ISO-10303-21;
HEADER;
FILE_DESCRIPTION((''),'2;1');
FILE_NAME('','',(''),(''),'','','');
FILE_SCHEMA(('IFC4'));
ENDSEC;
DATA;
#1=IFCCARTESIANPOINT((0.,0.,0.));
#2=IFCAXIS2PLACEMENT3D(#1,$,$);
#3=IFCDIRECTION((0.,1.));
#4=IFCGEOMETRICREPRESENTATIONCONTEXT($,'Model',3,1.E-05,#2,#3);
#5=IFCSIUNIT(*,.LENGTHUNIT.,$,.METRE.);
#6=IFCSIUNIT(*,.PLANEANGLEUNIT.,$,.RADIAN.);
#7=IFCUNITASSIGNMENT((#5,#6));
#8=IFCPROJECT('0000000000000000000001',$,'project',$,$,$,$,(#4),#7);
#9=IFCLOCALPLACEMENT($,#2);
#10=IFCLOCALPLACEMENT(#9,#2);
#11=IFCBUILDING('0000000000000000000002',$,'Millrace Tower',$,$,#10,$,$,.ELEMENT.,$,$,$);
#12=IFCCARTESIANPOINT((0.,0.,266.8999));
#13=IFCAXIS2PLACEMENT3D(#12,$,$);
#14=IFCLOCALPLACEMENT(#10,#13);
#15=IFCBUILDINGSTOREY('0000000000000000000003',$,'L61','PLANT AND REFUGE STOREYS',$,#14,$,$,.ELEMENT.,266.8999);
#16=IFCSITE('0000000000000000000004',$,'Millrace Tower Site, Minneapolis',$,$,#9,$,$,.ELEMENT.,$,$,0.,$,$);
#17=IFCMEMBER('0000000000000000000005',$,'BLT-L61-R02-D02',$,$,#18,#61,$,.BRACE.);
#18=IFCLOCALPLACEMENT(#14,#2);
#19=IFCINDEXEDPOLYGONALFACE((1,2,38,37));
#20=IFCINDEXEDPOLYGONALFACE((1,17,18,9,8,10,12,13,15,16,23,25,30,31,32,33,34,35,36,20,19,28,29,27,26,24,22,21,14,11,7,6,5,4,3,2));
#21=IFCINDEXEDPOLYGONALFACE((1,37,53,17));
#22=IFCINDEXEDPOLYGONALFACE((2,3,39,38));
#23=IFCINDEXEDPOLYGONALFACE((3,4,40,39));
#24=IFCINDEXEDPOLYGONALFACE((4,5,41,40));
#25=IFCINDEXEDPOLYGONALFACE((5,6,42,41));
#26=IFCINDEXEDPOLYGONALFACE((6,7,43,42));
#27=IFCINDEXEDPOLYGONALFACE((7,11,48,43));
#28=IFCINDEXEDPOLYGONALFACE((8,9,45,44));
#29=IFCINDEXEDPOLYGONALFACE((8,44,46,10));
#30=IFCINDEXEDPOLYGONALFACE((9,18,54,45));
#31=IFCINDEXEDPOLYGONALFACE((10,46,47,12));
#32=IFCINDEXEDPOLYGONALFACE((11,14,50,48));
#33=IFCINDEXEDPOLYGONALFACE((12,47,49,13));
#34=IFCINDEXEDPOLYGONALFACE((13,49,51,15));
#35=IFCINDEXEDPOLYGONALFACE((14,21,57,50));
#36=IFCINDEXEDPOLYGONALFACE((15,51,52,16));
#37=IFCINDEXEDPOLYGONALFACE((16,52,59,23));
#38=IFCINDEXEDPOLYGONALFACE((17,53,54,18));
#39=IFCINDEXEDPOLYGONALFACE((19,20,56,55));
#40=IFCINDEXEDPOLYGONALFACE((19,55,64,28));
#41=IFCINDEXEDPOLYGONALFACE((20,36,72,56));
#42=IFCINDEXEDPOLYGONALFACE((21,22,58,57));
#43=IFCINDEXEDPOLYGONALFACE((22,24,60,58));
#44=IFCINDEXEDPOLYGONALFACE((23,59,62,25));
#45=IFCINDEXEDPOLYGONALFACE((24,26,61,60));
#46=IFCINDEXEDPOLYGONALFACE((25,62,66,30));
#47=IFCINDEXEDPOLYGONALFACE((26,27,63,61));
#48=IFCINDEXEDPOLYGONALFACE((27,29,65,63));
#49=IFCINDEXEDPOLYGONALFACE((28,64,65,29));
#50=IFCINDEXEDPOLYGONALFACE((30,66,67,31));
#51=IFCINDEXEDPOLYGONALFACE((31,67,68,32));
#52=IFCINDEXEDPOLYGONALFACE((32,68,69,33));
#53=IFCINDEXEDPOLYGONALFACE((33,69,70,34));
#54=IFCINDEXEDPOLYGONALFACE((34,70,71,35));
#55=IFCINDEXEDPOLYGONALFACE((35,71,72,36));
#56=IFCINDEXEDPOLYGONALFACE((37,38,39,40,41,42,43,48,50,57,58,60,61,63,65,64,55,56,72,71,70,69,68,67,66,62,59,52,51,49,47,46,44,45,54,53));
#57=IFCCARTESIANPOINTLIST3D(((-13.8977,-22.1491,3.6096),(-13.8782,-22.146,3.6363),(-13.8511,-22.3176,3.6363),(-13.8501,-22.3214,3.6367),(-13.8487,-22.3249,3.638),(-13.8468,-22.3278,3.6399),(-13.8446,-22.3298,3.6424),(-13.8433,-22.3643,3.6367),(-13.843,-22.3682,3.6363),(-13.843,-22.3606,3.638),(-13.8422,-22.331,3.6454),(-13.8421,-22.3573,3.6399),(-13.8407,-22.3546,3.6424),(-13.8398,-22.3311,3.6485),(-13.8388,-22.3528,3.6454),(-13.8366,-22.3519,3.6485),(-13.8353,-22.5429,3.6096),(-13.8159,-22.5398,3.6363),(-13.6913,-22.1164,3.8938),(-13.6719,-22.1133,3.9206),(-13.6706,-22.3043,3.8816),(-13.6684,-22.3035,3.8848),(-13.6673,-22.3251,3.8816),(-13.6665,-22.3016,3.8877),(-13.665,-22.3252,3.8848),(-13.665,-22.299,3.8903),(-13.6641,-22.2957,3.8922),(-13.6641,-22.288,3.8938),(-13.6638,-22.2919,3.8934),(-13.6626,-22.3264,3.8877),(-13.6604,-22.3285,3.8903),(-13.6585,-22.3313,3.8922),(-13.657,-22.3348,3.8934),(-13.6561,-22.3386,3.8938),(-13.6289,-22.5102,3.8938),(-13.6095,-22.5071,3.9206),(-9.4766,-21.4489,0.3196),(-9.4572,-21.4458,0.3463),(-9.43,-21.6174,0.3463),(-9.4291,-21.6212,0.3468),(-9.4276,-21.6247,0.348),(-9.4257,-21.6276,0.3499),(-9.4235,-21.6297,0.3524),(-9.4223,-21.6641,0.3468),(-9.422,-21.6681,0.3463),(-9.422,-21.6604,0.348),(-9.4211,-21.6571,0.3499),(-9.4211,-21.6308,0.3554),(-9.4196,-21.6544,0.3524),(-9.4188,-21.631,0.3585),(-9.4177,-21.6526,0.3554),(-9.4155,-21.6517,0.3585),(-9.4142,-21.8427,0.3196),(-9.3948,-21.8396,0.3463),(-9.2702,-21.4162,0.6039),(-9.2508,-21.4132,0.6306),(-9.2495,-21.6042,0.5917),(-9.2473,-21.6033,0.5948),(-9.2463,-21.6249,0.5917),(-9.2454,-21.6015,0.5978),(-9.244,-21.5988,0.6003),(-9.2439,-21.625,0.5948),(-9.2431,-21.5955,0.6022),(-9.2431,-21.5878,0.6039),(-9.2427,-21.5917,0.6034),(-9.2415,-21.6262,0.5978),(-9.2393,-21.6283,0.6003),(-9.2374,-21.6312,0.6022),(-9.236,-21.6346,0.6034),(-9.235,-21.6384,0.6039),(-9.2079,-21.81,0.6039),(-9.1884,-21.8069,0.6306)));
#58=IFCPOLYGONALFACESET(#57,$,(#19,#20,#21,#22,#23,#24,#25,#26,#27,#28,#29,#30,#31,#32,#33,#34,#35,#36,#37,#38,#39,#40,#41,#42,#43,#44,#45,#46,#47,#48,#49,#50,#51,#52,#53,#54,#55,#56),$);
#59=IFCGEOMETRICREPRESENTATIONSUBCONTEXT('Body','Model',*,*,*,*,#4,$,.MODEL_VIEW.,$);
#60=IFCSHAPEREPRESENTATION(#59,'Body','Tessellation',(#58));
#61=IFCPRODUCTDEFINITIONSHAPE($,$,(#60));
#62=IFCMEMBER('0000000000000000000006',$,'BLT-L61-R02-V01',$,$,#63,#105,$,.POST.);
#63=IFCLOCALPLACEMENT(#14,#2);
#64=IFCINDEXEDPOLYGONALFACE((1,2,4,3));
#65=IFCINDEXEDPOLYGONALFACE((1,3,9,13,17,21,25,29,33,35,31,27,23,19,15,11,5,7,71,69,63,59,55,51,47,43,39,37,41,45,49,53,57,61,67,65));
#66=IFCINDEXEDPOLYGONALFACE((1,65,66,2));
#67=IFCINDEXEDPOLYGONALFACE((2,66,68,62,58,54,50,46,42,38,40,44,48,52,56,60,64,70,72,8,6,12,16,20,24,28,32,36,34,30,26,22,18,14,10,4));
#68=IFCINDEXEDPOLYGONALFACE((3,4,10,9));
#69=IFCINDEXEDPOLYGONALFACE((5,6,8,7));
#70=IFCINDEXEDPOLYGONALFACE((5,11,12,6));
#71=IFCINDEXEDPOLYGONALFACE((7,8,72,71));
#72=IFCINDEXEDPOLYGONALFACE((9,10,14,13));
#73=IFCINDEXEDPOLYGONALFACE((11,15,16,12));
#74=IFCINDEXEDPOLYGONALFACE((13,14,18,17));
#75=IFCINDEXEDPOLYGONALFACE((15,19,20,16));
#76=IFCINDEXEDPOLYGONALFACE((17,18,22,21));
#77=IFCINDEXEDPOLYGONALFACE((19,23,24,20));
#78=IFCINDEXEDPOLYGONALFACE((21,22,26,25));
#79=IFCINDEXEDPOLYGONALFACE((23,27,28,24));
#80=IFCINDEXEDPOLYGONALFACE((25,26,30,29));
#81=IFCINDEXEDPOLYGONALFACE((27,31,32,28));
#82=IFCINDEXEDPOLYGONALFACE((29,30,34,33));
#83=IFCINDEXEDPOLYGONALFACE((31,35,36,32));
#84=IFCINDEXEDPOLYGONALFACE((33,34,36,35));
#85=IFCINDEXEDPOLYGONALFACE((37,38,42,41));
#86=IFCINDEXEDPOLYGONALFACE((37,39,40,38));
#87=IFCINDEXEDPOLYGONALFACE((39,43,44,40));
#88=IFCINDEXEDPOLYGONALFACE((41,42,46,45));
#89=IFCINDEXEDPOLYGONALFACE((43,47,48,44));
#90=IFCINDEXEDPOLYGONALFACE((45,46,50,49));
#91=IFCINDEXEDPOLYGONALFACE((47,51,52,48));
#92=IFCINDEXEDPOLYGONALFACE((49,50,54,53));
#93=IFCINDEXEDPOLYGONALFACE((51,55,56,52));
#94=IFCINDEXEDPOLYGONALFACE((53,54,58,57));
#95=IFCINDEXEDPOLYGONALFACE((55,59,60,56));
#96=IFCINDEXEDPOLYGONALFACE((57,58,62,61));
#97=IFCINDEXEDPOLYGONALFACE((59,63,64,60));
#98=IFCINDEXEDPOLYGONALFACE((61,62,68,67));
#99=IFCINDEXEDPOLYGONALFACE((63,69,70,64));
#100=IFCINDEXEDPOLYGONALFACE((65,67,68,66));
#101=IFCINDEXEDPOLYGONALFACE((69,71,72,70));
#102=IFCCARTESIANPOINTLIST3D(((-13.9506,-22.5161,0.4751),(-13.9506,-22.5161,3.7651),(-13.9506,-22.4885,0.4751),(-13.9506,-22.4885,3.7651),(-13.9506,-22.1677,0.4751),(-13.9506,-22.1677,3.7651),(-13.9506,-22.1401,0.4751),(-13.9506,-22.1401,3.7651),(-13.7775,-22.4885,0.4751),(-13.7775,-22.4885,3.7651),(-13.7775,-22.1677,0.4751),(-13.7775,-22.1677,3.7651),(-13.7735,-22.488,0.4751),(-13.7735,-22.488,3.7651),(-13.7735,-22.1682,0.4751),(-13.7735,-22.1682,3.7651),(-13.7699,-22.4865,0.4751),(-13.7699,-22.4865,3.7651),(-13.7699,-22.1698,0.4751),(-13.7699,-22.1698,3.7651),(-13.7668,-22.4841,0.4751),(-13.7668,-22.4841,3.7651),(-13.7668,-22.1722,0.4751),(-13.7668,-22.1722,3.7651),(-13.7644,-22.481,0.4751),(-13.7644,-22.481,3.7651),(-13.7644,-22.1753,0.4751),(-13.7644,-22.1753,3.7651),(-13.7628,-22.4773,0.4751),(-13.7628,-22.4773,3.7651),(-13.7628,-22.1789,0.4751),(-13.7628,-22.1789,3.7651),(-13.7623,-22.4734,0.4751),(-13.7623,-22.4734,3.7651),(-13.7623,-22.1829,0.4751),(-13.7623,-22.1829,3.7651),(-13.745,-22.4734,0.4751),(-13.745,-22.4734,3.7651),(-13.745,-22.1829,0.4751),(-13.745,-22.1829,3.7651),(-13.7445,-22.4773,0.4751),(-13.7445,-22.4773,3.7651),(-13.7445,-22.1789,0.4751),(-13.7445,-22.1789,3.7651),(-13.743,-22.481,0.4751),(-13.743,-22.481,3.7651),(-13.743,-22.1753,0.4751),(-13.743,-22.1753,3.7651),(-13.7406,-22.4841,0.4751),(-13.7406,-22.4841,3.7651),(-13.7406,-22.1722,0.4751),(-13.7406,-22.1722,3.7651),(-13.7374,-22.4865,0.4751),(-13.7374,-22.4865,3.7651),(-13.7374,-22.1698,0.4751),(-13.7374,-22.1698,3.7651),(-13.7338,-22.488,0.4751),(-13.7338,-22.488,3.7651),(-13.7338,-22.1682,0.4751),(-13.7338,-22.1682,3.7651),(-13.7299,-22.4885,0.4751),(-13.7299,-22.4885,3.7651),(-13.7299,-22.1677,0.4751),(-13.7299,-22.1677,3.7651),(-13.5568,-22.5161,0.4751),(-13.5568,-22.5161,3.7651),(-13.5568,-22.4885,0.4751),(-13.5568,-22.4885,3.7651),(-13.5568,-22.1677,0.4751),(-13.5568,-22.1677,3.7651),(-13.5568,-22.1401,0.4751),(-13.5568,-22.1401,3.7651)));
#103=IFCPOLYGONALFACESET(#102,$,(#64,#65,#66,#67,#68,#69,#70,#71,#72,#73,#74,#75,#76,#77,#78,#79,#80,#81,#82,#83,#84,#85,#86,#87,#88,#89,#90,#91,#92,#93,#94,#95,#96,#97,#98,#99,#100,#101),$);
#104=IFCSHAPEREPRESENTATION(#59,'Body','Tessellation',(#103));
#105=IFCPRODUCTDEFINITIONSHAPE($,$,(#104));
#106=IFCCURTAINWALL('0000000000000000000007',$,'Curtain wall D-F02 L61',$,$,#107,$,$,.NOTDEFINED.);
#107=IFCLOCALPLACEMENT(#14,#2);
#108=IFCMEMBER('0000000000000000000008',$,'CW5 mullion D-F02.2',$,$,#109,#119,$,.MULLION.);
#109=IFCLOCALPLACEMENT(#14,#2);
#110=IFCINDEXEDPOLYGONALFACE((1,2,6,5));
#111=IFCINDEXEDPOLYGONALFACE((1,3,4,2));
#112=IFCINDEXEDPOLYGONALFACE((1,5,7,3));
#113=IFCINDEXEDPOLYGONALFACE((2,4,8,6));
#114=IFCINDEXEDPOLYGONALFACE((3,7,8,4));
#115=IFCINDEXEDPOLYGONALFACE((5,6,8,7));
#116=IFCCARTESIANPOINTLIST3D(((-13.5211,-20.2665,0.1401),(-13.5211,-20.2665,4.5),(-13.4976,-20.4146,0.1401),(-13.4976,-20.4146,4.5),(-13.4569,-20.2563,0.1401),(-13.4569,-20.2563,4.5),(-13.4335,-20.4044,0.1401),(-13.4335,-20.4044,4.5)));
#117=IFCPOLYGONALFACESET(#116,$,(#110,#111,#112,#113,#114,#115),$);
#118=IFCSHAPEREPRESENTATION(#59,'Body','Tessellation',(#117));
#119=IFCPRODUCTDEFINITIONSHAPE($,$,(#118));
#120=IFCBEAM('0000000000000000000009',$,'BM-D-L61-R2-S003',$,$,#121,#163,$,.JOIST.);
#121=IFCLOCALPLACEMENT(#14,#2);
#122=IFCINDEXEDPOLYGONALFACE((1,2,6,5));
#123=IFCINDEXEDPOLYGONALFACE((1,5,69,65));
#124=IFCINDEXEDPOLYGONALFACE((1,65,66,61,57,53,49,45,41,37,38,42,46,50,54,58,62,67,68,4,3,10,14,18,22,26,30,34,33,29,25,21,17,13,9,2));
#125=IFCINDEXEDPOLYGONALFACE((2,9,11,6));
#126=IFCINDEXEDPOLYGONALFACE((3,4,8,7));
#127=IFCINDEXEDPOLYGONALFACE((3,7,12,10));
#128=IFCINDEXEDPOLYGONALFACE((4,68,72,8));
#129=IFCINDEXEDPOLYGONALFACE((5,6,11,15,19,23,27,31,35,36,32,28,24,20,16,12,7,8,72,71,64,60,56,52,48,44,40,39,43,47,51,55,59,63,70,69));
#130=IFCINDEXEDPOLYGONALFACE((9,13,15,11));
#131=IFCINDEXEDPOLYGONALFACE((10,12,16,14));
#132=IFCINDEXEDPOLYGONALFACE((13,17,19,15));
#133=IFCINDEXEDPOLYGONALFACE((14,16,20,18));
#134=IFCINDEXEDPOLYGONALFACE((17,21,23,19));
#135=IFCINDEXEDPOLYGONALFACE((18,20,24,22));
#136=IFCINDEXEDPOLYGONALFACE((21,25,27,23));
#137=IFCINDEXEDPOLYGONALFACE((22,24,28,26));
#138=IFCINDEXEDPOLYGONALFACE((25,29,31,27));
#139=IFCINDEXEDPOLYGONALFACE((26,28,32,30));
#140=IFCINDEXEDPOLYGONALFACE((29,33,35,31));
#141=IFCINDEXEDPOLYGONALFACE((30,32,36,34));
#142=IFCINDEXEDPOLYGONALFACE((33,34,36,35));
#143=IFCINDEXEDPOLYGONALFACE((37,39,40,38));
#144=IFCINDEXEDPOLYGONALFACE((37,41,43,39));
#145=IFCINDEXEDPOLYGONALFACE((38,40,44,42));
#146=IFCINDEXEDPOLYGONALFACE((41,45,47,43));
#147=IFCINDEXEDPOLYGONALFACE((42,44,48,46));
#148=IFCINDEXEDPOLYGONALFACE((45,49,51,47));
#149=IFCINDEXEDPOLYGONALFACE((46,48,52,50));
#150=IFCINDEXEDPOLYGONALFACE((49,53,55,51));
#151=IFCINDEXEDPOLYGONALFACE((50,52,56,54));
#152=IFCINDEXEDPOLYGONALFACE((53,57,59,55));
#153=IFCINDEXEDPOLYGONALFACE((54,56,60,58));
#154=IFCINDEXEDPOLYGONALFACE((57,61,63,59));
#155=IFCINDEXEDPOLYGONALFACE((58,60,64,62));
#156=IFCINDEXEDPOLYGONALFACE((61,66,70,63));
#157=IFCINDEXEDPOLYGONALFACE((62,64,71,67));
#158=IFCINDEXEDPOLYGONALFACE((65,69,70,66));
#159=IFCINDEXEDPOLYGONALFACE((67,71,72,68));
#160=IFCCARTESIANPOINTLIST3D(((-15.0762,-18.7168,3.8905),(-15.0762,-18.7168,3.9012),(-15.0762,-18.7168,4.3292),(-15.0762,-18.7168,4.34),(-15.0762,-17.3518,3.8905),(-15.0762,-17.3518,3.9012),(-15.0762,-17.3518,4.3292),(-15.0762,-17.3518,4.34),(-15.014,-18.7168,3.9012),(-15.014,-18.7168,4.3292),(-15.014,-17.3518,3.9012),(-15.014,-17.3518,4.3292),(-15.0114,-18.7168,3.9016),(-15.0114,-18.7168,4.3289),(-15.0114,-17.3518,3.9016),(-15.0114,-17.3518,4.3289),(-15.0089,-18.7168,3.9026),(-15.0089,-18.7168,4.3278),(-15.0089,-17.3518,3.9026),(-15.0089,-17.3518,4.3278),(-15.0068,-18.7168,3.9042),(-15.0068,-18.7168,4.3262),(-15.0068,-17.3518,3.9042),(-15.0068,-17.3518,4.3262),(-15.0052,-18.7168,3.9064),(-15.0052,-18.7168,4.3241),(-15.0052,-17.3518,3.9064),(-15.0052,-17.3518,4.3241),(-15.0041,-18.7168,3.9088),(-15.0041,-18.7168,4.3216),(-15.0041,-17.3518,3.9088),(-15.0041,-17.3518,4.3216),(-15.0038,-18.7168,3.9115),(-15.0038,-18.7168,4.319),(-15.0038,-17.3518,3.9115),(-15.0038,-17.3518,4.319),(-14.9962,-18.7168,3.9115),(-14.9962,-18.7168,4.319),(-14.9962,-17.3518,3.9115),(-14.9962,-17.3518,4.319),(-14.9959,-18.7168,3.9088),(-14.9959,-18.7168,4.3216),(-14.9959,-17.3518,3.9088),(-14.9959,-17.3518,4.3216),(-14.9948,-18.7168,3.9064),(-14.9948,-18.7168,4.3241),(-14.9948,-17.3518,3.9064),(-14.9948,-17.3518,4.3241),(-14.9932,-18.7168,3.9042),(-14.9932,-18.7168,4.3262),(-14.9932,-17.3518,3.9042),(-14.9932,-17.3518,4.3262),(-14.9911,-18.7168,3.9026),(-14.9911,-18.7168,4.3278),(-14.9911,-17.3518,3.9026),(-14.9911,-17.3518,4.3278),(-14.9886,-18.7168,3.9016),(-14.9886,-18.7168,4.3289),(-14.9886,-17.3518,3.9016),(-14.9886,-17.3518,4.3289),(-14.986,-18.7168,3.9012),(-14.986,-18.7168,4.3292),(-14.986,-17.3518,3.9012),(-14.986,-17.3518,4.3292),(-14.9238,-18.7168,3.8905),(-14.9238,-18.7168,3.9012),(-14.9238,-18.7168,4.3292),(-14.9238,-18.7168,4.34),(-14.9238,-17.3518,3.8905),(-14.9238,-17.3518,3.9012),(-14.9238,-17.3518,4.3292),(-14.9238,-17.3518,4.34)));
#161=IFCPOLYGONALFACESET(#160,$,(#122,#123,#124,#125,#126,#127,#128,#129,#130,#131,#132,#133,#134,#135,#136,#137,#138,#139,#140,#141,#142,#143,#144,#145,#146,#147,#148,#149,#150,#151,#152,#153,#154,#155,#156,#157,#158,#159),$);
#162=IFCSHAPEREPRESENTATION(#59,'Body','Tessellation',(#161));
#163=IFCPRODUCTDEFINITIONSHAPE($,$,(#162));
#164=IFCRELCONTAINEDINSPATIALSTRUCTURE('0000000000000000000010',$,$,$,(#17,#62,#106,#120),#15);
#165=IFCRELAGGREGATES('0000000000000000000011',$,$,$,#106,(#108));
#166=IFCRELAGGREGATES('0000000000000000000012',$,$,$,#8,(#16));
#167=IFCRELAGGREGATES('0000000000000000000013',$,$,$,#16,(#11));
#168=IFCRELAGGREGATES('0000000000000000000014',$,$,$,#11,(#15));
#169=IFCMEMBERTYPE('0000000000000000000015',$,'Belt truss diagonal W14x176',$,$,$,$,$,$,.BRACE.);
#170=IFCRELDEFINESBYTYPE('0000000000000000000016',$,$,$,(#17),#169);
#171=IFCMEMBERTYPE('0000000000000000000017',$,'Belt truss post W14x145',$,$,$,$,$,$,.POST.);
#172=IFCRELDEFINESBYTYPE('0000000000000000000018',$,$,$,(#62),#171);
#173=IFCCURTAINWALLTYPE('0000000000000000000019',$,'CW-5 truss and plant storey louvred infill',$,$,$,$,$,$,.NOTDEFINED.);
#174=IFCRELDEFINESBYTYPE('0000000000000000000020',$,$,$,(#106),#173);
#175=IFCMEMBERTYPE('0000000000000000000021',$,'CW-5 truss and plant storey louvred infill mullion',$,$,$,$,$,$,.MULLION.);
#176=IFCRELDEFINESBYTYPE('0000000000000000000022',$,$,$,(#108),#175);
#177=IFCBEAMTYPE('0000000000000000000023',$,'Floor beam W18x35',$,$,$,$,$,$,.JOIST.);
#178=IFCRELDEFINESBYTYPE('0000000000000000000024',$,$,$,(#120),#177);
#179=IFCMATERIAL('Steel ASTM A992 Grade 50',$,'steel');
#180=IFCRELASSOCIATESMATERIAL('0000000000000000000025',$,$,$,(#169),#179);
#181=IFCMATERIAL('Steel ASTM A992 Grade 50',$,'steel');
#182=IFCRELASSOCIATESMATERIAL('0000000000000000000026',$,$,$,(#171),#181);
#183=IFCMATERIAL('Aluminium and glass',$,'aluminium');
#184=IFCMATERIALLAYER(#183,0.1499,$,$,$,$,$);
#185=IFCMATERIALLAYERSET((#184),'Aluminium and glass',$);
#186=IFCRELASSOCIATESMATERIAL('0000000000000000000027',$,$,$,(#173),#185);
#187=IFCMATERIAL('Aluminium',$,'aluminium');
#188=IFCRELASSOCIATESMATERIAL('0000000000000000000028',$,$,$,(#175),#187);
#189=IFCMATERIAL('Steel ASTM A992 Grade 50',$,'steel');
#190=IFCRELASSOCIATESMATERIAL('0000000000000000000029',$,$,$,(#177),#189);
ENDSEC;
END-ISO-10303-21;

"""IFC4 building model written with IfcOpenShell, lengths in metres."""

from ifc_helpers import new_model, si_unit, direction, frame, origin, origin_2d, place, context, subcontext, project, spatial, rectangle, i_section, extrude, material, layer, layer_set, material_profile, profile_set, type_object, element, aggregate, save


model = new_model("IFC4")

# Units and contexts
model_context = context("Model", 3, precision=1e-05, world=origin(), true_north=direction((0.0, 1.0)))
body_context = subcontext(model_context, "Body", "Model", "MODEL_VIEW")
ifc_project = project(units=[si_unit("LENGTHUNIT", "METRE"), si_unit("PLANEANGLEUNIT", "RADIAN")], contexts=[model_context])

# Site, building, storey
site_placement = place(None, origin())
site = spatial("IfcSite", under=ifc_project, at=site_placement, Name="Millrace Tower Site, Minneapolis", CompositionType="ELEMENT", RefElevation=0.0)
building_placement = place(site_placement, origin())
building = spatial("IfcBuilding", under=site, at=building_placement, Name="Millrace Tower", CompositionType="ELEMENT")
storey_placement = place(building_placement, frame((0.0, 0.0, 266.8999)))
storey = spatial("IfcBuildingStorey", under=building, at=storey_placement, Name="L61", Description="PLANT AND REFUGE STOREYS", CompositionType="ELEMENT", Elevation=266.8999)

# Members
ifc_material_1 = material(Name="Steel ASTM A992 Grade 50", Category="steel")
ifc_material_profile_1 = material_profile(ifc_material_1, i_section(OverallWidth=0.3987, OverallDepth=0.386, WebThickness=0.021, FlangeThickness=0.0332, FilletRadius=0.0151, at=origin_2d()))
ifc_profile_set_1 = profile_set([ifc_material_profile_1], Name="Steel ASTM A992 Grade 50")
member_type_1 = type_object("IfcMemberType", Name="Belt truss diagonal W14x176", PredefinedType="BRACE", material=ifc_profile_set_1)
member_1_placement = place(storey_placement, frame((-9.3325, -21.6279, 0.4751), z_axis=(-0.795845, -0.126041, 0.592236), x_axis=(0.156425, -0.98769, 0.0)))
element("IfcMember", 1, at=member_1_placement, inside=storey, type_object=member_type_1, Name="BLT-L61-R02-D02", PredefinedType="BRACE", context=body_context, shape_type="SweptSolid", body=[
    extrude(i_section(OverallWidth=0.3987, OverallDepth=0.386, WebThickness=0.021, FlangeThickness=0.0332, FilletRadius=0.0151, at=origin_2d()), origin(), (0.0, 0.0, 1.0), 5.5552),
])
ifc_material_2 = material(Name="Steel ASTM A992 Grade 50", Category="steel")
ifc_material_profile_2 = material_profile(ifc_material_2, i_section(OverallWidth=0.3938, OverallDepth=0.376, WebThickness=0.0173, FlangeThickness=0.0276, FilletRadius=0.0151, at=origin_2d()))
ifc_profile_set_2 = profile_set([ifc_material_profile_2], Name="Steel ASTM A992 Grade 50")
member_type_2 = type_object("IfcMemberType", Name="Belt truss post W14x145", PredefinedType="POST", material=ifc_profile_set_2)
member_2_placement = place(storey_placement, frame((-13.7537, -22.3281, 0.4751), z_axis=(0.0, 0.0, 1.0), x_axis=(1.0, 0.0, 0.0)))
element("IfcMember", 2, at=member_2_placement, inside=storey, type_object=member_type_2, Name="BLT-L61-R02-V01", PredefinedType="POST", context=body_context, shape_type="SweptSolid", body=[
    extrude(i_section(OverallWidth=0.3938, OverallDepth=0.376, WebThickness=0.0173, FlangeThickness=0.0276, FilletRadius=0.0151, at=origin_2d()), origin(), (0.0, 0.0, 1.0), 3.29),
])

# Curtain wall, member
ifc_material_3 = material(Name="Aluminium and glass", Category="aluminium")
ifc_layer_1 = layer(ifc_material_3, 0.1499)
ifc_layer_set_1 = layer_set([ifc_layer_1], Name="Aluminium and glass")
curtain_wall_type = type_object("IfcCurtainWallType", Name="CW-5 truss and plant storey louvred infill", PredefinedType="NOTDEFINED", material=ifc_layer_set_1)
curtain_wall_placement = place(storey_placement, origin())
curtain_wall = element("IfcCurtainWall", 3, at=curtain_wall_placement, inside=storey, type_object=curtain_wall_type, Name="Curtain wall D-F02 L61", PredefinedType="NOTDEFINED")
ifc_material_4 = material(Name="Aluminium", Category="aluminium")
ifc_material_profile_3 = material_profile(ifc_material_4, rectangle(XDim=0.0649, YDim=0.1499, at=origin_2d()))
ifc_profile_set_3 = profile_set([ifc_material_profile_3], Name="Aluminium")
member_type_3 = type_object("IfcMemberType", Name="CW-5 truss and plant storey louvred infill mullion", PredefinedType="MULLION", material=ifc_profile_set_3)
member_3_placement = place(storey_placement, frame((-13.4773, -20.3354, 0.1401), z_axis=(0.0, 0.0, 1.0), x_axis=(0.987688, 0.156434, 0.0)))
member_3 = element("IfcMember", 4, at=member_3_placement, type_object=member_type_3, Name="CW5 mullion D-F02.2", PredefinedType="MULLION", context=body_context, shape_type="SweptSolid", body=[
    extrude(rectangle(XDim=0.0649, YDim=0.1499, at=origin_2d()), origin(), (0.0, 0.0, 1.0), 4.3599),
])
aggregate(curtain_wall, [member_3])

# Beam
ifc_material_5 = material(Name="Steel ASTM A992 Grade 50", Category="steel")
ifc_material_profile_4 = material_profile(ifc_material_5, i_section(OverallWidth=0.1523, OverallDepth=0.4495, WebThickness=0.0076, FlangeThickness=0.0107, FilletRadius=0.0103, at=origin_2d()))
ifc_profile_set_4 = profile_set([ifc_material_profile_4], Name="Steel ASTM A992 Grade 50")
beam_type_1 = type_object("IfcBeamType", Name="Floor beam W18x35", PredefinedType="JOIST", material=ifc_profile_set_4)
beam_1_placement = place(storey_placement, frame((-15.0, -18.7168, 4.1152), z_axis=(0.0, 1.0, 0.0), x_axis=(-1.0, 0.0, 0.0)))
element("IfcBeam", 5, at=beam_1_placement, inside=storey, type_object=beam_type_1, Name="BM-D-L61-R2-S003", PredefinedType="JOIST", context=body_context, shape_type="SweptSolid", body=[
    extrude(i_section(OverallWidth=0.1523, OverallDepth=0.4495, WebThickness=0.0076, FlangeThickness=0.0107, FilletRadius=0.0103, at=origin_2d()), origin(), (0.0, 0.0, 1.0), 1.365),
])

save(model, "model.ifc")
